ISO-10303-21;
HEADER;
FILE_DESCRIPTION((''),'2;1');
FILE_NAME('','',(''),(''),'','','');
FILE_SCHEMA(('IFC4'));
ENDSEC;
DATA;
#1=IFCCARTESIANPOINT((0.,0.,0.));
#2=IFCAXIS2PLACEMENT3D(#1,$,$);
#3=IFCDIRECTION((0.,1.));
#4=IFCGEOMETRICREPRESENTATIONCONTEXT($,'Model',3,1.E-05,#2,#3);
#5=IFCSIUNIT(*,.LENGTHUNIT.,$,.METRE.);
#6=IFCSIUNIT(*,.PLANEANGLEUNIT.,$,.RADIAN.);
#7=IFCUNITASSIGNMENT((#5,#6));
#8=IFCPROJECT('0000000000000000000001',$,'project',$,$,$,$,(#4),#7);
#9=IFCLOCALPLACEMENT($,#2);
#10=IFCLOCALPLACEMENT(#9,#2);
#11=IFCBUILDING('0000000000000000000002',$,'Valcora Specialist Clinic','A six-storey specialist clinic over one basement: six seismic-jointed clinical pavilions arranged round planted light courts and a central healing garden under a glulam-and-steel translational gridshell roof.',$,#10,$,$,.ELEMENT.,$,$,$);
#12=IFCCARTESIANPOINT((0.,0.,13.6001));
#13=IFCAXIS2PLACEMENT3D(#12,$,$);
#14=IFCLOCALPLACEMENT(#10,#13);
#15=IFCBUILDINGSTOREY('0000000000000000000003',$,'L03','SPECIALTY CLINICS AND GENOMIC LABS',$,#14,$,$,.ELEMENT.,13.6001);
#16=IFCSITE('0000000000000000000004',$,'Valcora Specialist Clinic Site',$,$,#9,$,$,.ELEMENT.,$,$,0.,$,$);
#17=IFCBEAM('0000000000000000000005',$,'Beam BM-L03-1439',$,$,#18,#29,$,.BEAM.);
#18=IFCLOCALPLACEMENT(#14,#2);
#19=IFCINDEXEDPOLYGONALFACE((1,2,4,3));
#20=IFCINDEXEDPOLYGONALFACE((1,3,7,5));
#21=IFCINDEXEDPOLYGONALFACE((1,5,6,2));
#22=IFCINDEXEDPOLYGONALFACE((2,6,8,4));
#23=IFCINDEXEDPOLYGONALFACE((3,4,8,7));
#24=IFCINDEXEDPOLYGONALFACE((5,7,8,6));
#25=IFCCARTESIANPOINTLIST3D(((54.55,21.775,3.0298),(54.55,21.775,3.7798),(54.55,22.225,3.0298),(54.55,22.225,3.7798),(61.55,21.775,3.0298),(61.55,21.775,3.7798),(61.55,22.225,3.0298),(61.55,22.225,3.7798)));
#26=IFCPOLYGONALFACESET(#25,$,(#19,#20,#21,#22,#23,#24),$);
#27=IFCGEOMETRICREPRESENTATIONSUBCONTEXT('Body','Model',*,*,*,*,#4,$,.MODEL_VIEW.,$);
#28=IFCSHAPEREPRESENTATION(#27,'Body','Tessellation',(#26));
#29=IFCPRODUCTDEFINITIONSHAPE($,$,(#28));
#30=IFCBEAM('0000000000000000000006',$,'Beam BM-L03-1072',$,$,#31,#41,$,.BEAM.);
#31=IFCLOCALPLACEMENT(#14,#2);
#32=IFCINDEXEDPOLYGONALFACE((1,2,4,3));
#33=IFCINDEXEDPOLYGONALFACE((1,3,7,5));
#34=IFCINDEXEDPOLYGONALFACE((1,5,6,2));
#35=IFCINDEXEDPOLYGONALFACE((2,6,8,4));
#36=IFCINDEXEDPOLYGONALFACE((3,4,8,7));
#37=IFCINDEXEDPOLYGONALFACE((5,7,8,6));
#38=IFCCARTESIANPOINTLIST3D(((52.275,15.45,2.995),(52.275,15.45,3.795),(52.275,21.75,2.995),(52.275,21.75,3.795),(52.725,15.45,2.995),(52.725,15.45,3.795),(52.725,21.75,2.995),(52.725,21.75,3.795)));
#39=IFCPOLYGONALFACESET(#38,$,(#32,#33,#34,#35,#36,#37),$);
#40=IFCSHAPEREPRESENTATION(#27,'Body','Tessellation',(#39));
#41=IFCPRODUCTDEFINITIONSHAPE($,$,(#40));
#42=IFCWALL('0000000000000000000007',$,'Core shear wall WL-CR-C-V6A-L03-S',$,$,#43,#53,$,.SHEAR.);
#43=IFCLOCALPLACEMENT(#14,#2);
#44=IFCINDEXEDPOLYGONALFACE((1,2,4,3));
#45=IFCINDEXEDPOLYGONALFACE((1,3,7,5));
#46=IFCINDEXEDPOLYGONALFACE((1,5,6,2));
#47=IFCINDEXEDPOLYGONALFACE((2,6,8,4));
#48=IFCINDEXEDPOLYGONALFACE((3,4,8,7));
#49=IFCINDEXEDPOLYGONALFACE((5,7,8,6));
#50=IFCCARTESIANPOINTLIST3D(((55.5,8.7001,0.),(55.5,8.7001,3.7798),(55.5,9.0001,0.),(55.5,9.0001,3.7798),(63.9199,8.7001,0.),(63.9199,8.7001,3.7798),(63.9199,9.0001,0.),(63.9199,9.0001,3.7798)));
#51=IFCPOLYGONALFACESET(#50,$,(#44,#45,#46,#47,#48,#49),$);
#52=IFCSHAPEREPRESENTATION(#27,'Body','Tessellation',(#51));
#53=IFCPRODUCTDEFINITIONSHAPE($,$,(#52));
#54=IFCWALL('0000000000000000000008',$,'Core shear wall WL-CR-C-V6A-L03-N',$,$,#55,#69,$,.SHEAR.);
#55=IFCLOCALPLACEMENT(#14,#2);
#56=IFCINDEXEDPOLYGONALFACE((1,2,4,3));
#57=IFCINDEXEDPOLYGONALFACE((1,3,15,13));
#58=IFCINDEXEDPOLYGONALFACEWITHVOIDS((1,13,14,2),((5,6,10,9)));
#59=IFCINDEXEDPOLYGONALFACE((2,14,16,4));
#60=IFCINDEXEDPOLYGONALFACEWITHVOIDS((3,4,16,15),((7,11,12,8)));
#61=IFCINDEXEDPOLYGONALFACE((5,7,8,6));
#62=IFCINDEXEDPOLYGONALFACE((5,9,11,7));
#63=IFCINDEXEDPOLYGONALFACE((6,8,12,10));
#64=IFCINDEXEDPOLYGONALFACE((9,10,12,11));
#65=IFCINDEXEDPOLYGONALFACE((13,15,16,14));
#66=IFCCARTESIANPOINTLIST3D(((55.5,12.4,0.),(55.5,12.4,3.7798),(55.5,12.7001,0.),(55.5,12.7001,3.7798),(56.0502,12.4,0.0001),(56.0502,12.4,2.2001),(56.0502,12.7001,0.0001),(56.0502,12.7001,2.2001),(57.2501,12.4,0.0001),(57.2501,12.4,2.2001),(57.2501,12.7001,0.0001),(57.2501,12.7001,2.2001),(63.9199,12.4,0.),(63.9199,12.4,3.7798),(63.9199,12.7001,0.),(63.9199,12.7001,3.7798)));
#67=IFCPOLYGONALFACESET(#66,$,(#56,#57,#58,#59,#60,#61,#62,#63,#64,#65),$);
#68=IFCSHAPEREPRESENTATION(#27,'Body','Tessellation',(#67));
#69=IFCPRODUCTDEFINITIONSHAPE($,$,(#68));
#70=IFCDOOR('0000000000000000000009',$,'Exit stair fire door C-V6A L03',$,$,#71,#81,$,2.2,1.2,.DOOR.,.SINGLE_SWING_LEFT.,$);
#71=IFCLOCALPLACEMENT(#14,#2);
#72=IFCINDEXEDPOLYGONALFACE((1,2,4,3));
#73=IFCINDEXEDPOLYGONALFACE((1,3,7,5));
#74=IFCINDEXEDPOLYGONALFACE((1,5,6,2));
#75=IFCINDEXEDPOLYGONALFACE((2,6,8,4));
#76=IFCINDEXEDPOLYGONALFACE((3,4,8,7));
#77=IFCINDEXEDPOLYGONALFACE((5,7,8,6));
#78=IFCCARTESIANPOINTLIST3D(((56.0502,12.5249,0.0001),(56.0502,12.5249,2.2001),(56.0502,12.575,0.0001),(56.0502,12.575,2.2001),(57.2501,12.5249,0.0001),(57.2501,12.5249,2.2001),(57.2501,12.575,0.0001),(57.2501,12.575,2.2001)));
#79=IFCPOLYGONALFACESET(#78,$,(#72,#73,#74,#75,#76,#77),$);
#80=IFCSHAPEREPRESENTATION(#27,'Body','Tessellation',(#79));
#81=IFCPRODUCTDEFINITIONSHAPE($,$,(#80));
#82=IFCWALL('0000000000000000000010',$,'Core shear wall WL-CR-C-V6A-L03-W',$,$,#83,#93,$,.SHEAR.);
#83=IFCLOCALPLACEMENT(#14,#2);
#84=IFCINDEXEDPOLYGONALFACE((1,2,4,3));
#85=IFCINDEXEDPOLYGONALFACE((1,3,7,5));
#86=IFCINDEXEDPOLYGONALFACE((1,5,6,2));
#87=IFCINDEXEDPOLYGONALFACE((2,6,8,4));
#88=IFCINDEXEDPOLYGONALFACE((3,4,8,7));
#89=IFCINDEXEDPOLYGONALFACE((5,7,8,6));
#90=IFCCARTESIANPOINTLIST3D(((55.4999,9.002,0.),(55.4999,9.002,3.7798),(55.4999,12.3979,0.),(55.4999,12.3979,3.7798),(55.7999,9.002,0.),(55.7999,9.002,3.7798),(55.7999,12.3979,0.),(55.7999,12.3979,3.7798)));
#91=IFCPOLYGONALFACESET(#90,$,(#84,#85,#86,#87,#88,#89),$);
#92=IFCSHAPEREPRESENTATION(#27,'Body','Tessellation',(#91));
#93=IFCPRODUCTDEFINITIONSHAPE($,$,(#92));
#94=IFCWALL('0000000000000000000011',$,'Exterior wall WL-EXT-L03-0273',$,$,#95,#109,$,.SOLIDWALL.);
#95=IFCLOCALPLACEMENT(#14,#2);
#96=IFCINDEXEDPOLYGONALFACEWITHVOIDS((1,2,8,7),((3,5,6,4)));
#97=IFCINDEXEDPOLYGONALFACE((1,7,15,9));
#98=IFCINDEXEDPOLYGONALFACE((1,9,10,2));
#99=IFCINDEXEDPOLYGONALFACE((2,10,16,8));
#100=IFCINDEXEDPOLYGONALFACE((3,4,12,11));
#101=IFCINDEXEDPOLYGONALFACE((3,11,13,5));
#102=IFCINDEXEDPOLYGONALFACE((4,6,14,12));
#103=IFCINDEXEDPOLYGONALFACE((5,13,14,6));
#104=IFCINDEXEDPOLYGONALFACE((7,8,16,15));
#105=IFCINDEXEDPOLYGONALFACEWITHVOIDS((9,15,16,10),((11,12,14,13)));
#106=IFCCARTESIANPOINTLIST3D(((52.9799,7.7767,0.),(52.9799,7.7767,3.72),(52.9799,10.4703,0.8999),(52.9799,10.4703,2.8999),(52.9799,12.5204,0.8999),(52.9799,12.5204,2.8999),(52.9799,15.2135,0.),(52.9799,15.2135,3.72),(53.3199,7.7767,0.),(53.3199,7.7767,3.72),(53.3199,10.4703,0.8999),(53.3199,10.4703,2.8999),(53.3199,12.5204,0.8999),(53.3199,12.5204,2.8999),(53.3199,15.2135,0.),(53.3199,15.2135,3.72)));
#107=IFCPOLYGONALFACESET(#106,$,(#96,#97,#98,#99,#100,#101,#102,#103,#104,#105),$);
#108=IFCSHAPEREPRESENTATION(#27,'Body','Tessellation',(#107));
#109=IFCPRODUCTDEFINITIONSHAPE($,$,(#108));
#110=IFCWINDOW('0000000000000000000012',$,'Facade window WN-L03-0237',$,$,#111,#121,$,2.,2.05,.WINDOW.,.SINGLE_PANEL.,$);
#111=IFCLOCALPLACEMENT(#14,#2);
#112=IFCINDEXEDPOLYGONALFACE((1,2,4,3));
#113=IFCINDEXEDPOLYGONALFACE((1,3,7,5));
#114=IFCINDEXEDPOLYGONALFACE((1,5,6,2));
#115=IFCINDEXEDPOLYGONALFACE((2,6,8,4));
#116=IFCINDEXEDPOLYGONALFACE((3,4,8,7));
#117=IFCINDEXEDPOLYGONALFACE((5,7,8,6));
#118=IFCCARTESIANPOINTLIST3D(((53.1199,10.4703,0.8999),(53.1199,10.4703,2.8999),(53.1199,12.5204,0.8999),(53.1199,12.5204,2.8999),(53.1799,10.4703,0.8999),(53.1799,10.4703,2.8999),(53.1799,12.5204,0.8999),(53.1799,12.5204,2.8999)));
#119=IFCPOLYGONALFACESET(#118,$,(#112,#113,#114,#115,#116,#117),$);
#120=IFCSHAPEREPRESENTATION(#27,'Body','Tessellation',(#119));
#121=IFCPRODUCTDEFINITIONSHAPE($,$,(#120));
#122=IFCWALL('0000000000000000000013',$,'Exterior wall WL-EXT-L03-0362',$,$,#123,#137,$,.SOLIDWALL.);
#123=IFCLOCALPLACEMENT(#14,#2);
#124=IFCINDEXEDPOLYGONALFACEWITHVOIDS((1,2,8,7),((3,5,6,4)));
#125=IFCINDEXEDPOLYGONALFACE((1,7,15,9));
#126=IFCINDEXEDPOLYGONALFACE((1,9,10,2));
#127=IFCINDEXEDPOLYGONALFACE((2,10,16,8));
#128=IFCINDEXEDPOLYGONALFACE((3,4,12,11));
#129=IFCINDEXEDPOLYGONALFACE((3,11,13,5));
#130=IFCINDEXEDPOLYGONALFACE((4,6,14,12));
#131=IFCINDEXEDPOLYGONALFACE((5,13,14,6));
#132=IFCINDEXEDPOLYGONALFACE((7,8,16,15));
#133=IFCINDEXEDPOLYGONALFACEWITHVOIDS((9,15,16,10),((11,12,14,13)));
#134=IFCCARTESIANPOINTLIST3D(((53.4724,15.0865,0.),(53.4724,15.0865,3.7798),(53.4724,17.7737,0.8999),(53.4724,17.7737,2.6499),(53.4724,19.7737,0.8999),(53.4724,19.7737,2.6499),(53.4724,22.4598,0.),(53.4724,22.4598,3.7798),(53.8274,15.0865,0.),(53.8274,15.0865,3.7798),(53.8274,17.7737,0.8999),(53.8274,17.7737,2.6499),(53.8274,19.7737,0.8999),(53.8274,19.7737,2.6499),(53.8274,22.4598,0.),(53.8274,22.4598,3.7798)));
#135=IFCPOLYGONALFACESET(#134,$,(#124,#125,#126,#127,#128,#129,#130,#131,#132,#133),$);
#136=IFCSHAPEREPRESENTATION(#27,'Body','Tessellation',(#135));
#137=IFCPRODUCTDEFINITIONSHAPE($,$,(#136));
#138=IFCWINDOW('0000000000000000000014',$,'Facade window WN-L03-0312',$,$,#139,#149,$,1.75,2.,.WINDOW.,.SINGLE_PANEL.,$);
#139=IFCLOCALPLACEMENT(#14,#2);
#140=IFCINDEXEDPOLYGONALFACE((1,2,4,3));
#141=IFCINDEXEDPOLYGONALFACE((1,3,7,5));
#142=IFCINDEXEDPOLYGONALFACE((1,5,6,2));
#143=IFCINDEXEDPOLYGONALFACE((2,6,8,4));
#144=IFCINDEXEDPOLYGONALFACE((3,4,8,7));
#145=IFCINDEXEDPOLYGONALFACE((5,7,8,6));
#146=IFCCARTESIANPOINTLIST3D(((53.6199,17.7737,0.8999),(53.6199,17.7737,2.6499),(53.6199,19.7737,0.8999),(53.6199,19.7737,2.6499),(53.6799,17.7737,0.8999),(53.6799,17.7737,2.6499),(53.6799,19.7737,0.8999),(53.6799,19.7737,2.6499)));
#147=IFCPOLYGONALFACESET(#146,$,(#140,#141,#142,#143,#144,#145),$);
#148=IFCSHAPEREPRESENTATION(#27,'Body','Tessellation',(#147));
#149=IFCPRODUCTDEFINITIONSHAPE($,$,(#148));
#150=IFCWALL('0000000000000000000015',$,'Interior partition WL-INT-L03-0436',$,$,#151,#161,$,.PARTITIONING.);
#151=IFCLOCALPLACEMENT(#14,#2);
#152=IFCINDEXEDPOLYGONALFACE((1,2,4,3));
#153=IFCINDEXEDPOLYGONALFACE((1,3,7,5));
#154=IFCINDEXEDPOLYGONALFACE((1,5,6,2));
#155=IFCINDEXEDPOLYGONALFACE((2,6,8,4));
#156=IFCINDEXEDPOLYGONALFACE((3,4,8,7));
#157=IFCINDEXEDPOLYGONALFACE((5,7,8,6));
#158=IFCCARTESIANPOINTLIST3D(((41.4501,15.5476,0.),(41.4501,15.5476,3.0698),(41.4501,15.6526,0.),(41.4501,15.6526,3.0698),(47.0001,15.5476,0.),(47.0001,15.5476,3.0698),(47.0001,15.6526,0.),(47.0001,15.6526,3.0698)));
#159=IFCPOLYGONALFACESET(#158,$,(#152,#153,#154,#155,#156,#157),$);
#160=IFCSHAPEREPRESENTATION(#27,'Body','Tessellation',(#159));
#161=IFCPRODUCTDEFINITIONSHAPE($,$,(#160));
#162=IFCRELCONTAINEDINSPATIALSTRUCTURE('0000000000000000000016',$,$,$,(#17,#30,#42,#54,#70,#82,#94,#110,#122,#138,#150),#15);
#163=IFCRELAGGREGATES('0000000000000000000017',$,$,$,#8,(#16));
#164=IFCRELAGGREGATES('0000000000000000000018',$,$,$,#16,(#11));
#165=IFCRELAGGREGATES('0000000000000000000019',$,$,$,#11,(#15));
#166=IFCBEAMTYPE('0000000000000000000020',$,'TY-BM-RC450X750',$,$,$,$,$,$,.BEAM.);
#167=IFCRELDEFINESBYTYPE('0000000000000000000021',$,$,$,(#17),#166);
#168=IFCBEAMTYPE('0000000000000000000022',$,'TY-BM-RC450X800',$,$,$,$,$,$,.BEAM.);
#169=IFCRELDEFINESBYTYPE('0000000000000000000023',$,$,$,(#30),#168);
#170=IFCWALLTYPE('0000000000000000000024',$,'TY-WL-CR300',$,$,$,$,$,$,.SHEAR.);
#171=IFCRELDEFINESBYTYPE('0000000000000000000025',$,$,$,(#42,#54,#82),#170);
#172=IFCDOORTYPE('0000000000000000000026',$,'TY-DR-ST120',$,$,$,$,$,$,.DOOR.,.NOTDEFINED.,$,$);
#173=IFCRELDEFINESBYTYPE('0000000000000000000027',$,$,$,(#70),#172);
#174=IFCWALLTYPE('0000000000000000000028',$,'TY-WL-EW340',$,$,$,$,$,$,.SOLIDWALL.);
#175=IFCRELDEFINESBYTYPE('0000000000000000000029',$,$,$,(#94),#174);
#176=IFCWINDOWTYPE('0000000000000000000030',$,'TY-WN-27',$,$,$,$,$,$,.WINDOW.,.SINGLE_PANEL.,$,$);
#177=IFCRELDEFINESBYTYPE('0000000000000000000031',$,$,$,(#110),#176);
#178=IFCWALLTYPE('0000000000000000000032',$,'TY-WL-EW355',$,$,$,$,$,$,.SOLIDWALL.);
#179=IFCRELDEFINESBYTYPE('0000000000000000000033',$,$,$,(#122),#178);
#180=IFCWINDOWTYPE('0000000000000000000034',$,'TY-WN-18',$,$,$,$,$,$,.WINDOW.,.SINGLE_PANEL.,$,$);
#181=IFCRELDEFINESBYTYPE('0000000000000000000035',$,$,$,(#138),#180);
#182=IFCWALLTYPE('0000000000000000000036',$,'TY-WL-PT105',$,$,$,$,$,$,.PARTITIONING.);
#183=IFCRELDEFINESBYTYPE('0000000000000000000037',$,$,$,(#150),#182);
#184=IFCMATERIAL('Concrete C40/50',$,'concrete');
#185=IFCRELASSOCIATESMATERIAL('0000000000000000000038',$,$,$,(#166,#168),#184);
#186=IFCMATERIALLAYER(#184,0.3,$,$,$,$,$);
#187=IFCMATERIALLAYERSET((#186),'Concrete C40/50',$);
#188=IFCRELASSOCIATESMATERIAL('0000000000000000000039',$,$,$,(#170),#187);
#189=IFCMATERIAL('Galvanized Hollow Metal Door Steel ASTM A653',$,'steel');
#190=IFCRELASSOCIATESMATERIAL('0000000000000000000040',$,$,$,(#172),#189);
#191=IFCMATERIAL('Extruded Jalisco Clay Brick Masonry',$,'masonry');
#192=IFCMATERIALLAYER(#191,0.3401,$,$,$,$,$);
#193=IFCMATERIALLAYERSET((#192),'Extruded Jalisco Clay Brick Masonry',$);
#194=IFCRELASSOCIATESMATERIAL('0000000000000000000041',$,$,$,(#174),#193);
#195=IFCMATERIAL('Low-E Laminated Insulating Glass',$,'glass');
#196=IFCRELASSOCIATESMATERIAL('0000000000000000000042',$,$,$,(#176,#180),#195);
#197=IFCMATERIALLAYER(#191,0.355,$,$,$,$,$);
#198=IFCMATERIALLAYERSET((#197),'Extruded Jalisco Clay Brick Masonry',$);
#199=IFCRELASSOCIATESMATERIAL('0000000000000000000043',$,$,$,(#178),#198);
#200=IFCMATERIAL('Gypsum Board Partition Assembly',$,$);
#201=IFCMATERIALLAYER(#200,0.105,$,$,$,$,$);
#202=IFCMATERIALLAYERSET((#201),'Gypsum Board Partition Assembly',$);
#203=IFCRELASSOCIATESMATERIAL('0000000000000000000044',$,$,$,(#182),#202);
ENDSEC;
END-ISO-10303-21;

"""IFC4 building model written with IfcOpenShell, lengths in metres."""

from ifc_helpers import new_model, si_unit, direction, frame, frame_2d, origin, origin_2d, place, context, subcontext, project, spatial, rectangle, extrude, material, layer, layer_set, material_profile, profile_set, type_object, element, fill, save


model = new_model("IFC4")

# Units and contexts
model_context = context("Model", 3, precision=1e-05, world=origin(), true_north=direction((0.0, 1.0)))
body_context = subcontext(model_context, "Body", "Model", "MODEL_VIEW")
ifc_project = project(units=[si_unit("LENGTHUNIT", "METRE"), si_unit("PLANEANGLEUNIT", "RADIAN")], contexts=[model_context])

# Site, building, storey
site_placement = place(None, origin())
site = spatial("IfcSite", under=ifc_project, at=site_placement, Name="Valcora Specialist Clinic Site", CompositionType="ELEMENT", RefElevation=0.0)
building_placement = place(site_placement, origin())
building = spatial("IfcBuilding", under=site, at=building_placement, Name="Valcora Specialist Clinic", Description="A six-storey specialist clinic over one basement: six seismic-jointed clinical pavilions arranged round planted light courts and a central healing garden under a glulam-and-steel translational gridshell roof.", CompositionType="ELEMENT")
storey_placement = place(building_placement, frame((0.0, 0.0, 13.6001)))
storey = spatial("IfcBuildingStorey", under=building, at=storey_placement, Name="L03", Description="SPECIALTY CLINICS AND GENOMIC LABS", CompositionType="ELEMENT", Elevation=13.6001)

# Shared definitions
ifc_material_1 = material(Name="Concrete C40/50", Category="concrete")

# Beams
ifc_material_profile_1 = material_profile(ifc_material_1, rectangle(XDim=0.45, YDim=0.75, at=origin_2d()), Name="RC-BM-450X750")
ifc_profile_set_1 = profile_set([ifc_material_profile_1], Name="Concrete C40/50")
beam_type_1 = type_object("IfcBeamType", Name="TY-BM-RC450X750", PredefinedType="BEAM", material=ifc_profile_set_1)
beam_1_placement = place(storey_placement, frame((54.55, 22.0, 3.4048), z_axis=(1.0, 0.0, 0.0), x_axis=(0.0, 1.0, 0.0)))
element("IfcBeam", 1, at=beam_1_placement, inside=storey, type_object=beam_type_1, Name="Beam BM-L03-1439", PredefinedType="BEAM", context=body_context, shape_type="SweptSolid", body=[
    extrude(rectangle(XDim=0.45, YDim=0.75, at=origin_2d()), origin(), (0.0, 0.0, 1.0), 7.0),
])
ifc_material_profile_2 = material_profile(ifc_material_1, rectangle(XDim=0.45, YDim=0.8, at=origin_2d()), Name="RC-BM-450X800")
ifc_profile_set_2 = profile_set([ifc_material_profile_2], Name="Concrete C40/50")
beam_type_2 = type_object("IfcBeamType", Name="TY-BM-RC450X800", PredefinedType="BEAM", material=ifc_profile_set_2)
beam_2_placement = place(storey_placement, frame((52.5, 15.45, 3.395), z_axis=(0.0, 1.0, 0.0), x_axis=(-1.0, 0.0, 0.0)))
element("IfcBeam", 2, at=beam_2_placement, inside=storey, type_object=beam_type_2, Name="Beam BM-L03-1072", PredefinedType="BEAM", context=body_context, shape_type="SweptSolid", body=[
    extrude(rectangle(XDim=0.45, YDim=0.8, at=origin_2d()), origin(), (0.0, 0.0, 1.0), 6.3),
])

# Wall
ifc_layer_1 = layer(ifc_material_1, 0.3)
ifc_layer_set_1 = layer_set([ifc_layer_1], Name="Concrete C40/50")
wall_type_1 = type_object("IfcWallType", Name="TY-WL-CR300", PredefinedType="SHEAR", material=ifc_layer_set_1)
wall_1_placement = place(storey_placement, frame((55.5, 8.8501, 0.0), z_axis=(0.0, 0.0, 1.0), x_axis=(1.0, 0.0, 0.0)))
element("IfcWall", 3, at=wall_1_placement, inside=storey, type_object=wall_type_1, Name="Core shear wall WL-CR-C-V6A-L03-S", PredefinedType="SHEAR", context=body_context, shape_type="SweptSolid", body=[
    extrude(rectangle(XDim=8.4199, YDim=0.3, at=frame_2d((4.21, 0.0))), origin(), (0.0, 0.0, 1.0), 3.7798),
])

# Wall, opening, door
wall_2_placement = place(storey_placement, frame((55.5, 12.55, 0.0), z_axis=(0.0, 0.0, 1.0), x_axis=(1.0, 0.0, 0.0)))
wall_2 = element("IfcWall", 4, at=wall_2_placement, inside=storey, type_object=wall_type_1, Name="Core shear wall WL-CR-C-V6A-L03-N", PredefinedType="SHEAR", context=body_context, shape_type="SweptSolid", body=[
    extrude(rectangle(XDim=8.4199, YDim=0.3, at=frame_2d((4.21, 0.0))), origin(), (0.0, 0.0, 1.0), 3.7798),
])
opening_1_placement = place(wall_2_placement, frame((0.55, 0.0, 0.0)))
opening_1 = element("IfcOpeningElement", 5, at=opening_1_placement, cuts=wall_2, PredefinedType="OPENING", context=body_context, shape_type="SweptSolid", body=[
    extrude(rectangle(XDim=1.2, YDim=2.2, at=frame_2d((0.6001, 1.1001))), frame((0.0, 0.1599, 0.0), z_axis=(0.0, -1.0, 0.0), x_axis=(1.0, 0.0, 0.0)), (0.0, 0.0, 1.0), 0.3201),
])
ifc_material_2 = material(Name="Galvanized Hollow Metal Door Steel ASTM A653", Category="steel")
door_type_1 = type_object("IfcDoorType", Name="TY-DR-ST120", OperationType="NOTDEFINED", PredefinedType="DOOR", material=ifc_material_2)
door_1_placement = place(opening_1_placement, origin())
door_1 = element("IfcDoor", 6, at=door_1_placement, inside=storey, type_object=door_type_1, Name="Exit stair fire door C-V6A L03", OperationType="SINGLE_SWING_LEFT", OverallHeight=2.2, OverallWidth=1.2, PredefinedType="DOOR", context=body_context, shape_type="SweptSolid", body=[
    extrude(rectangle(XDim=1.2, YDim=2.2, at=frame_2d((0.6001, 1.1001))), frame((0.0, 0.0249, 0.0), z_axis=(0.0, -1.0, 0.0), x_axis=(1.0, 0.0, 0.0)), (0.0, 0.0, 1.0), 0.05),
])
fill(opening_1, door_1)

# Wall
wall_3_placement = place(storey_placement, frame((55.6499, 9.002, 0.0), z_axis=(0.0, 0.0, 1.0), x_axis=(0.0, 1.0, 0.0)))
element("IfcWall", 7, at=wall_3_placement, inside=storey, type_object=wall_type_1, Name="Core shear wall WL-CR-C-V6A-L03-W", PredefinedType="SHEAR", context=body_context, shape_type="SweptSolid", body=[
    extrude(rectangle(XDim=3.396, YDim=0.3, at=frame_2d((1.698, 0.0))), origin(), (0.0, 0.0, 1.0), 3.7798),
])

# Walls, openings, windows
ifc_material_3 = material(Name="Extruded Jalisco Clay Brick Masonry", Category="masonry")
ifc_layer_2 = layer(ifc_material_3, 0.3401)
ifc_layer_set_2 = layer_set([ifc_layer_2], Name="Extruded Jalisco Clay Brick Masonry")
wall_type_2 = type_object("IfcWallType", Name="TY-WL-EW340", PredefinedType="SOLIDWALL", material=ifc_layer_set_2)
wall_4_placement = place(storey_placement, frame((53.1499, 15.2134, 0.0), z_axis=(0.0, 0.0, 1.0), x_axis=(0.0, -1.0, 0.0)))
wall_4 = element("IfcWall", 8, at=wall_4_placement, inside=storey, type_object=wall_type_2, Name="Exterior wall WL-EXT-L03-0273", PredefinedType="SOLIDWALL", context=body_context, shape_type="SweptSolid", body=[
    extrude(rectangle(XDim=7.4368, YDim=0.3401, at=frame_2d((3.7183, 0.0))), origin(), (0.0, 0.0, 1.0), 3.72),
])
opening_2_placement = place(wall_4_placement, frame((2.6931, 0.0, 0.8999)))
opening_2 = element("IfcOpeningElement", 9, at=opening_2_placement, cuts=wall_4, PredefinedType="OPENING", context=body_context, shape_type="SweptSolid", body=[
    extrude(rectangle(XDim=2.05, YDim=2.0, at=frame_2d((1.0249, 1.0))), frame((0.0, 0.1799, 0.0), z_axis=(0.0, -1.0, 0.0), x_axis=(1.0, 0.0, 0.0)), (0.0, 0.0, 1.0), 0.3601),
])
ifc_material_4 = material(Name="Low-E Laminated Insulating Glass", Category="glass")
window_type_1 = type_object("IfcWindowType", Name="TY-WN-27", PartitioningType="SINGLE_PANEL", PredefinedType="WINDOW", material=ifc_material_4)
window_1_placement = place(opening_2_placement, origin())
window_1 = element("IfcWindow", 10, at=window_1_placement, inside=storey, type_object=window_type_1, Name="Facade window WN-L03-0237", OverallHeight=2.0, OverallWidth=2.05, PartitioningType="SINGLE_PANEL", PredefinedType="WINDOW", context=body_context, shape_type="SweptSolid", body=[
    extrude(rectangle(XDim=2.05, YDim=2.0, at=frame_2d((1.0249, 1.0))), frame((0.0, 0.03, 0.0), z_axis=(0.0, -1.0, 0.0), x_axis=(1.0, 0.0, 0.0)), (0.0, 0.0, 1.0), 0.0601),
])
fill(opening_2, window_1)
ifc_layer_3 = layer(ifc_material_3, 0.355)
ifc_layer_set_3 = layer_set([ifc_layer_3], Name="Extruded Jalisco Clay Brick Masonry")
wall_type_3 = type_object("IfcWallType", Name="TY-WL-EW355", PredefinedType="SOLIDWALL", material=ifc_layer_set_3)
wall_5_placement = place(storey_placement, frame((53.6499, 15.0867, 0.0), z_axis=(0.0, 0.0, 1.0), x_axis=(0.0, 1.0, 0.0)))
wall_5 = element("IfcWall", 11, at=wall_5_placement, inside=storey, type_object=wall_type_3, Name="Exterior wall WL-EXT-L03-0362", PredefinedType="SOLIDWALL", context=body_context, shape_type="SweptSolid", body=[
    extrude(rectangle(XDim=7.3733, YDim=0.355, at=frame_2d((3.6865, 0.0))), origin(), (0.0, 0.0, 1.0), 3.7798),
])
opening_3_placement = place(wall_5_placement, frame((2.687, 0.0, 0.8999)))
opening_3 = element("IfcOpeningElement", 12, at=opening_3_placement, cuts=wall_5, PredefinedType="OPENING", context=body_context, shape_type="SweptSolid", body=[
    extrude(rectangle(XDim=2.0, YDim=1.75, at=frame_2d((1.0, 0.875))), frame((0.0, 0.1875, 0.0), z_axis=(0.0, -1.0, 0.0), x_axis=(1.0, 0.0, 0.0)), (0.0, 0.0, 1.0), 0.375),
])
window_type_2 = type_object("IfcWindowType", Name="TY-WN-18", PartitioningType="SINGLE_PANEL", PredefinedType="WINDOW", material=ifc_material_4)
window_2_placement = place(opening_3_placement, origin())
window_2 = element("IfcWindow", 13, at=window_2_placement, inside=storey, type_object=window_type_2, Name="Facade window WN-L03-0312", OverallHeight=1.75, OverallWidth=2.0, PartitioningType="SINGLE_PANEL", PredefinedType="WINDOW", context=body_context, shape_type="SweptSolid", body=[
    extrude(rectangle(XDim=2.0, YDim=1.75, at=frame_2d((1.0, 0.875))), frame((0.0, 0.03, 0.0), z_axis=(0.0, -1.0, 0.0), x_axis=(1.0, 0.0, 0.0)), (0.0, 0.0, 1.0), 0.0601),
])
fill(opening_3, window_2)

# Wall
ifc_material_5 = material(Name="Gypsum Board Partition Assembly")
ifc_layer_4 = layer(ifc_material_5, 0.105)
ifc_layer_set_4 = layer_set([ifc_layer_4], Name="Gypsum Board Partition Assembly")
wall_type_4 = type_object("IfcWallType", Name="TY-WL-PT105", PredefinedType="PARTITIONING", material=ifc_layer_set_4)
wall_6_placement = place(storey_placement, frame((47.0, 15.6001, 0.0), z_axis=(0.0, 0.0, 1.0), x_axis=(-1.0, 0.0, 0.0)))
element("IfcWall", 14, at=wall_6_placement, inside=storey, type_object=wall_type_4, Name="Interior partition WL-INT-L03-0436", PredefinedType="PARTITIONING", context=body_context, shape_type="SweptSolid", body=[
    extrude(rectangle(XDim=5.55, YDim=0.105, at=frame_2d((2.7749, 0.0))), origin(), (0.0, 0.0, 1.0), 3.0698),
])

save(model, "model.ifc")
